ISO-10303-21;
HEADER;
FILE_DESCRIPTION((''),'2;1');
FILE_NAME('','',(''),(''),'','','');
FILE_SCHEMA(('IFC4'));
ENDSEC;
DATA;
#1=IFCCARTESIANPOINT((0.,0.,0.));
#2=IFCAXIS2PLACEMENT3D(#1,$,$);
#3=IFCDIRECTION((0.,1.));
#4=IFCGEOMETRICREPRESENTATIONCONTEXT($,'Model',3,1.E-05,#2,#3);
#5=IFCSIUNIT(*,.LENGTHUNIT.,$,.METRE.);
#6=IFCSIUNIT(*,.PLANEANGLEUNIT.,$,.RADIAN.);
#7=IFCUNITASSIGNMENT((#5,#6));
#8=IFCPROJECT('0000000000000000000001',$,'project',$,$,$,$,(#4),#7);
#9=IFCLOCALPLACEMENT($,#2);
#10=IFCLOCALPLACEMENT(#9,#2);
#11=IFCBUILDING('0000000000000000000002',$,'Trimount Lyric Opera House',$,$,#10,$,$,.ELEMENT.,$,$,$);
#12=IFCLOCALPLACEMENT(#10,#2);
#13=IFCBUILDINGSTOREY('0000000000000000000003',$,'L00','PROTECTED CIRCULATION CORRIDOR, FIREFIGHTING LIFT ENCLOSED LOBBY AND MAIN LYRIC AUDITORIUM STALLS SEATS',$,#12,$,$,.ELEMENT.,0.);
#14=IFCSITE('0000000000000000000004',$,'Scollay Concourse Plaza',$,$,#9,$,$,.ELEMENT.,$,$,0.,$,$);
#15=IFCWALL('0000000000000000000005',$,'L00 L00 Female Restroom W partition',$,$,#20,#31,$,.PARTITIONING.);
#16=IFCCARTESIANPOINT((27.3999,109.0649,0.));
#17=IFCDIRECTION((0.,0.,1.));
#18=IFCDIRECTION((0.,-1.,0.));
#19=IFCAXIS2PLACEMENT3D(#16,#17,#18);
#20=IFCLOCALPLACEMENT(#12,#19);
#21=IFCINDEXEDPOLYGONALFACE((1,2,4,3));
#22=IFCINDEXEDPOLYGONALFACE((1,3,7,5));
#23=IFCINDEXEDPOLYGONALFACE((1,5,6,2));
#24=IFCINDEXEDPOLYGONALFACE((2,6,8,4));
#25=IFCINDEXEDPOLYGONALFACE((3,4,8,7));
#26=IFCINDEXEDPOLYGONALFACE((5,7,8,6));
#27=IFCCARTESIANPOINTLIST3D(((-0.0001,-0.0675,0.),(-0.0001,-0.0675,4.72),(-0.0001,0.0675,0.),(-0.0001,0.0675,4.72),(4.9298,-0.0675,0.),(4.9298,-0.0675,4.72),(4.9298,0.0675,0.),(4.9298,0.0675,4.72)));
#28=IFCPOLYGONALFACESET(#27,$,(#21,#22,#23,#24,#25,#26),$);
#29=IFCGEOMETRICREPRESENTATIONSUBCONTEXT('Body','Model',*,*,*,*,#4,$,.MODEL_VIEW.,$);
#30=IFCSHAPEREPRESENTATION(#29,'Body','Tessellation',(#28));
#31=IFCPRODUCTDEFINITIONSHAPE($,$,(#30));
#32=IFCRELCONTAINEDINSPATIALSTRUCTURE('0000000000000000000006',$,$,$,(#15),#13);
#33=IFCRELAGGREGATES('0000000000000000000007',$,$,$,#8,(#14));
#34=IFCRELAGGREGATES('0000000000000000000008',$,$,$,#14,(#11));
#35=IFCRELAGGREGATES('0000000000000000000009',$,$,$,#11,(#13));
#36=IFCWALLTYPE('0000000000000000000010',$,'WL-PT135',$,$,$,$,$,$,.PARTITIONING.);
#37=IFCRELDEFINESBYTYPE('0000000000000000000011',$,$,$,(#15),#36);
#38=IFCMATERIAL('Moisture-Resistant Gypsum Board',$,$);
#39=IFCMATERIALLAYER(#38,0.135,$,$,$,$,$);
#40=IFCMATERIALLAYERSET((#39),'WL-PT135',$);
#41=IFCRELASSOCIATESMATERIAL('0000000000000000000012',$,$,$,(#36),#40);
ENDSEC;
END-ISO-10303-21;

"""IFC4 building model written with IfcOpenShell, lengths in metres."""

from ifc_helpers import new_model, si_unit, direction, frame, frame_2d, origin, place, context, subcontext, project, spatial, rectangle, extrude, material, layer, layer_set, type_object, element, save


model = new_model("IFC4")

# Units and contexts
model_context = context("Model", 3, precision=1e-05, world=origin(), true_north=direction((0.0, 1.0)))
body_context = subcontext(model_context, "Body", "Model", "MODEL_VIEW")
ifc_project = project(units=[si_unit("LENGTHUNIT", "METRE"), si_unit("PLANEANGLEUNIT", "RADIAN")], contexts=[model_context])

# Site, building, storey
site_placement = place(None, origin())
site = spatial("IfcSite", under=ifc_project, at=site_placement, Name="Scollay Concourse Plaza", CompositionType="ELEMENT", RefElevation=0.0)
building_placement = place(site_placement, origin())
building = spatial("IfcBuilding", under=site, at=building_placement, Name="Trimount Lyric Opera House", CompositionType="ELEMENT")
storey_placement = place(building_placement, origin())
storey = spatial("IfcBuildingStorey", under=building, at=storey_placement, Name="L00", Description="PROTECTED CIRCULATION CORRIDOR, FIREFIGHTING LIFT ENCLOSED LOBBY AND MAIN LYRIC AUDITORIUM STALLS SEATS", CompositionType="ELEMENT", Elevation=0.0)

# Wall
ifc_material_1 = material(Name="Moisture-Resistant Gypsum Board")
ifc_layer_1 = layer(ifc_material_1, 0.135)
ifc_layer_set_1 = layer_set([ifc_layer_1], Name="WL-PT135")
wall_type_1 = type_object("IfcWallType", Name="WL-PT135", PredefinedType="PARTITIONING", material=ifc_layer_set_1)
wall_1_placement = place(storey_placement, frame((27.3999, 109.0649, 0.0), z_axis=(0.0, 0.0, 1.0), x_axis=(0.0, -1.0, 0.0)))
element("IfcWall", 1, at=wall_1_placement, inside=storey, type_object=wall_type_1, Name="L00 L00 Female Restroom W partition", PredefinedType="PARTITIONING", context=body_context, shape_type="SweptSolid", body=[
    extrude(rectangle(XDim=4.9299, YDim=0.135, at=frame_2d((2.4648, 0.0))), origin(), (0.0, 0.0, 1.0), 4.72),
])

save(model, "model.ifc")
